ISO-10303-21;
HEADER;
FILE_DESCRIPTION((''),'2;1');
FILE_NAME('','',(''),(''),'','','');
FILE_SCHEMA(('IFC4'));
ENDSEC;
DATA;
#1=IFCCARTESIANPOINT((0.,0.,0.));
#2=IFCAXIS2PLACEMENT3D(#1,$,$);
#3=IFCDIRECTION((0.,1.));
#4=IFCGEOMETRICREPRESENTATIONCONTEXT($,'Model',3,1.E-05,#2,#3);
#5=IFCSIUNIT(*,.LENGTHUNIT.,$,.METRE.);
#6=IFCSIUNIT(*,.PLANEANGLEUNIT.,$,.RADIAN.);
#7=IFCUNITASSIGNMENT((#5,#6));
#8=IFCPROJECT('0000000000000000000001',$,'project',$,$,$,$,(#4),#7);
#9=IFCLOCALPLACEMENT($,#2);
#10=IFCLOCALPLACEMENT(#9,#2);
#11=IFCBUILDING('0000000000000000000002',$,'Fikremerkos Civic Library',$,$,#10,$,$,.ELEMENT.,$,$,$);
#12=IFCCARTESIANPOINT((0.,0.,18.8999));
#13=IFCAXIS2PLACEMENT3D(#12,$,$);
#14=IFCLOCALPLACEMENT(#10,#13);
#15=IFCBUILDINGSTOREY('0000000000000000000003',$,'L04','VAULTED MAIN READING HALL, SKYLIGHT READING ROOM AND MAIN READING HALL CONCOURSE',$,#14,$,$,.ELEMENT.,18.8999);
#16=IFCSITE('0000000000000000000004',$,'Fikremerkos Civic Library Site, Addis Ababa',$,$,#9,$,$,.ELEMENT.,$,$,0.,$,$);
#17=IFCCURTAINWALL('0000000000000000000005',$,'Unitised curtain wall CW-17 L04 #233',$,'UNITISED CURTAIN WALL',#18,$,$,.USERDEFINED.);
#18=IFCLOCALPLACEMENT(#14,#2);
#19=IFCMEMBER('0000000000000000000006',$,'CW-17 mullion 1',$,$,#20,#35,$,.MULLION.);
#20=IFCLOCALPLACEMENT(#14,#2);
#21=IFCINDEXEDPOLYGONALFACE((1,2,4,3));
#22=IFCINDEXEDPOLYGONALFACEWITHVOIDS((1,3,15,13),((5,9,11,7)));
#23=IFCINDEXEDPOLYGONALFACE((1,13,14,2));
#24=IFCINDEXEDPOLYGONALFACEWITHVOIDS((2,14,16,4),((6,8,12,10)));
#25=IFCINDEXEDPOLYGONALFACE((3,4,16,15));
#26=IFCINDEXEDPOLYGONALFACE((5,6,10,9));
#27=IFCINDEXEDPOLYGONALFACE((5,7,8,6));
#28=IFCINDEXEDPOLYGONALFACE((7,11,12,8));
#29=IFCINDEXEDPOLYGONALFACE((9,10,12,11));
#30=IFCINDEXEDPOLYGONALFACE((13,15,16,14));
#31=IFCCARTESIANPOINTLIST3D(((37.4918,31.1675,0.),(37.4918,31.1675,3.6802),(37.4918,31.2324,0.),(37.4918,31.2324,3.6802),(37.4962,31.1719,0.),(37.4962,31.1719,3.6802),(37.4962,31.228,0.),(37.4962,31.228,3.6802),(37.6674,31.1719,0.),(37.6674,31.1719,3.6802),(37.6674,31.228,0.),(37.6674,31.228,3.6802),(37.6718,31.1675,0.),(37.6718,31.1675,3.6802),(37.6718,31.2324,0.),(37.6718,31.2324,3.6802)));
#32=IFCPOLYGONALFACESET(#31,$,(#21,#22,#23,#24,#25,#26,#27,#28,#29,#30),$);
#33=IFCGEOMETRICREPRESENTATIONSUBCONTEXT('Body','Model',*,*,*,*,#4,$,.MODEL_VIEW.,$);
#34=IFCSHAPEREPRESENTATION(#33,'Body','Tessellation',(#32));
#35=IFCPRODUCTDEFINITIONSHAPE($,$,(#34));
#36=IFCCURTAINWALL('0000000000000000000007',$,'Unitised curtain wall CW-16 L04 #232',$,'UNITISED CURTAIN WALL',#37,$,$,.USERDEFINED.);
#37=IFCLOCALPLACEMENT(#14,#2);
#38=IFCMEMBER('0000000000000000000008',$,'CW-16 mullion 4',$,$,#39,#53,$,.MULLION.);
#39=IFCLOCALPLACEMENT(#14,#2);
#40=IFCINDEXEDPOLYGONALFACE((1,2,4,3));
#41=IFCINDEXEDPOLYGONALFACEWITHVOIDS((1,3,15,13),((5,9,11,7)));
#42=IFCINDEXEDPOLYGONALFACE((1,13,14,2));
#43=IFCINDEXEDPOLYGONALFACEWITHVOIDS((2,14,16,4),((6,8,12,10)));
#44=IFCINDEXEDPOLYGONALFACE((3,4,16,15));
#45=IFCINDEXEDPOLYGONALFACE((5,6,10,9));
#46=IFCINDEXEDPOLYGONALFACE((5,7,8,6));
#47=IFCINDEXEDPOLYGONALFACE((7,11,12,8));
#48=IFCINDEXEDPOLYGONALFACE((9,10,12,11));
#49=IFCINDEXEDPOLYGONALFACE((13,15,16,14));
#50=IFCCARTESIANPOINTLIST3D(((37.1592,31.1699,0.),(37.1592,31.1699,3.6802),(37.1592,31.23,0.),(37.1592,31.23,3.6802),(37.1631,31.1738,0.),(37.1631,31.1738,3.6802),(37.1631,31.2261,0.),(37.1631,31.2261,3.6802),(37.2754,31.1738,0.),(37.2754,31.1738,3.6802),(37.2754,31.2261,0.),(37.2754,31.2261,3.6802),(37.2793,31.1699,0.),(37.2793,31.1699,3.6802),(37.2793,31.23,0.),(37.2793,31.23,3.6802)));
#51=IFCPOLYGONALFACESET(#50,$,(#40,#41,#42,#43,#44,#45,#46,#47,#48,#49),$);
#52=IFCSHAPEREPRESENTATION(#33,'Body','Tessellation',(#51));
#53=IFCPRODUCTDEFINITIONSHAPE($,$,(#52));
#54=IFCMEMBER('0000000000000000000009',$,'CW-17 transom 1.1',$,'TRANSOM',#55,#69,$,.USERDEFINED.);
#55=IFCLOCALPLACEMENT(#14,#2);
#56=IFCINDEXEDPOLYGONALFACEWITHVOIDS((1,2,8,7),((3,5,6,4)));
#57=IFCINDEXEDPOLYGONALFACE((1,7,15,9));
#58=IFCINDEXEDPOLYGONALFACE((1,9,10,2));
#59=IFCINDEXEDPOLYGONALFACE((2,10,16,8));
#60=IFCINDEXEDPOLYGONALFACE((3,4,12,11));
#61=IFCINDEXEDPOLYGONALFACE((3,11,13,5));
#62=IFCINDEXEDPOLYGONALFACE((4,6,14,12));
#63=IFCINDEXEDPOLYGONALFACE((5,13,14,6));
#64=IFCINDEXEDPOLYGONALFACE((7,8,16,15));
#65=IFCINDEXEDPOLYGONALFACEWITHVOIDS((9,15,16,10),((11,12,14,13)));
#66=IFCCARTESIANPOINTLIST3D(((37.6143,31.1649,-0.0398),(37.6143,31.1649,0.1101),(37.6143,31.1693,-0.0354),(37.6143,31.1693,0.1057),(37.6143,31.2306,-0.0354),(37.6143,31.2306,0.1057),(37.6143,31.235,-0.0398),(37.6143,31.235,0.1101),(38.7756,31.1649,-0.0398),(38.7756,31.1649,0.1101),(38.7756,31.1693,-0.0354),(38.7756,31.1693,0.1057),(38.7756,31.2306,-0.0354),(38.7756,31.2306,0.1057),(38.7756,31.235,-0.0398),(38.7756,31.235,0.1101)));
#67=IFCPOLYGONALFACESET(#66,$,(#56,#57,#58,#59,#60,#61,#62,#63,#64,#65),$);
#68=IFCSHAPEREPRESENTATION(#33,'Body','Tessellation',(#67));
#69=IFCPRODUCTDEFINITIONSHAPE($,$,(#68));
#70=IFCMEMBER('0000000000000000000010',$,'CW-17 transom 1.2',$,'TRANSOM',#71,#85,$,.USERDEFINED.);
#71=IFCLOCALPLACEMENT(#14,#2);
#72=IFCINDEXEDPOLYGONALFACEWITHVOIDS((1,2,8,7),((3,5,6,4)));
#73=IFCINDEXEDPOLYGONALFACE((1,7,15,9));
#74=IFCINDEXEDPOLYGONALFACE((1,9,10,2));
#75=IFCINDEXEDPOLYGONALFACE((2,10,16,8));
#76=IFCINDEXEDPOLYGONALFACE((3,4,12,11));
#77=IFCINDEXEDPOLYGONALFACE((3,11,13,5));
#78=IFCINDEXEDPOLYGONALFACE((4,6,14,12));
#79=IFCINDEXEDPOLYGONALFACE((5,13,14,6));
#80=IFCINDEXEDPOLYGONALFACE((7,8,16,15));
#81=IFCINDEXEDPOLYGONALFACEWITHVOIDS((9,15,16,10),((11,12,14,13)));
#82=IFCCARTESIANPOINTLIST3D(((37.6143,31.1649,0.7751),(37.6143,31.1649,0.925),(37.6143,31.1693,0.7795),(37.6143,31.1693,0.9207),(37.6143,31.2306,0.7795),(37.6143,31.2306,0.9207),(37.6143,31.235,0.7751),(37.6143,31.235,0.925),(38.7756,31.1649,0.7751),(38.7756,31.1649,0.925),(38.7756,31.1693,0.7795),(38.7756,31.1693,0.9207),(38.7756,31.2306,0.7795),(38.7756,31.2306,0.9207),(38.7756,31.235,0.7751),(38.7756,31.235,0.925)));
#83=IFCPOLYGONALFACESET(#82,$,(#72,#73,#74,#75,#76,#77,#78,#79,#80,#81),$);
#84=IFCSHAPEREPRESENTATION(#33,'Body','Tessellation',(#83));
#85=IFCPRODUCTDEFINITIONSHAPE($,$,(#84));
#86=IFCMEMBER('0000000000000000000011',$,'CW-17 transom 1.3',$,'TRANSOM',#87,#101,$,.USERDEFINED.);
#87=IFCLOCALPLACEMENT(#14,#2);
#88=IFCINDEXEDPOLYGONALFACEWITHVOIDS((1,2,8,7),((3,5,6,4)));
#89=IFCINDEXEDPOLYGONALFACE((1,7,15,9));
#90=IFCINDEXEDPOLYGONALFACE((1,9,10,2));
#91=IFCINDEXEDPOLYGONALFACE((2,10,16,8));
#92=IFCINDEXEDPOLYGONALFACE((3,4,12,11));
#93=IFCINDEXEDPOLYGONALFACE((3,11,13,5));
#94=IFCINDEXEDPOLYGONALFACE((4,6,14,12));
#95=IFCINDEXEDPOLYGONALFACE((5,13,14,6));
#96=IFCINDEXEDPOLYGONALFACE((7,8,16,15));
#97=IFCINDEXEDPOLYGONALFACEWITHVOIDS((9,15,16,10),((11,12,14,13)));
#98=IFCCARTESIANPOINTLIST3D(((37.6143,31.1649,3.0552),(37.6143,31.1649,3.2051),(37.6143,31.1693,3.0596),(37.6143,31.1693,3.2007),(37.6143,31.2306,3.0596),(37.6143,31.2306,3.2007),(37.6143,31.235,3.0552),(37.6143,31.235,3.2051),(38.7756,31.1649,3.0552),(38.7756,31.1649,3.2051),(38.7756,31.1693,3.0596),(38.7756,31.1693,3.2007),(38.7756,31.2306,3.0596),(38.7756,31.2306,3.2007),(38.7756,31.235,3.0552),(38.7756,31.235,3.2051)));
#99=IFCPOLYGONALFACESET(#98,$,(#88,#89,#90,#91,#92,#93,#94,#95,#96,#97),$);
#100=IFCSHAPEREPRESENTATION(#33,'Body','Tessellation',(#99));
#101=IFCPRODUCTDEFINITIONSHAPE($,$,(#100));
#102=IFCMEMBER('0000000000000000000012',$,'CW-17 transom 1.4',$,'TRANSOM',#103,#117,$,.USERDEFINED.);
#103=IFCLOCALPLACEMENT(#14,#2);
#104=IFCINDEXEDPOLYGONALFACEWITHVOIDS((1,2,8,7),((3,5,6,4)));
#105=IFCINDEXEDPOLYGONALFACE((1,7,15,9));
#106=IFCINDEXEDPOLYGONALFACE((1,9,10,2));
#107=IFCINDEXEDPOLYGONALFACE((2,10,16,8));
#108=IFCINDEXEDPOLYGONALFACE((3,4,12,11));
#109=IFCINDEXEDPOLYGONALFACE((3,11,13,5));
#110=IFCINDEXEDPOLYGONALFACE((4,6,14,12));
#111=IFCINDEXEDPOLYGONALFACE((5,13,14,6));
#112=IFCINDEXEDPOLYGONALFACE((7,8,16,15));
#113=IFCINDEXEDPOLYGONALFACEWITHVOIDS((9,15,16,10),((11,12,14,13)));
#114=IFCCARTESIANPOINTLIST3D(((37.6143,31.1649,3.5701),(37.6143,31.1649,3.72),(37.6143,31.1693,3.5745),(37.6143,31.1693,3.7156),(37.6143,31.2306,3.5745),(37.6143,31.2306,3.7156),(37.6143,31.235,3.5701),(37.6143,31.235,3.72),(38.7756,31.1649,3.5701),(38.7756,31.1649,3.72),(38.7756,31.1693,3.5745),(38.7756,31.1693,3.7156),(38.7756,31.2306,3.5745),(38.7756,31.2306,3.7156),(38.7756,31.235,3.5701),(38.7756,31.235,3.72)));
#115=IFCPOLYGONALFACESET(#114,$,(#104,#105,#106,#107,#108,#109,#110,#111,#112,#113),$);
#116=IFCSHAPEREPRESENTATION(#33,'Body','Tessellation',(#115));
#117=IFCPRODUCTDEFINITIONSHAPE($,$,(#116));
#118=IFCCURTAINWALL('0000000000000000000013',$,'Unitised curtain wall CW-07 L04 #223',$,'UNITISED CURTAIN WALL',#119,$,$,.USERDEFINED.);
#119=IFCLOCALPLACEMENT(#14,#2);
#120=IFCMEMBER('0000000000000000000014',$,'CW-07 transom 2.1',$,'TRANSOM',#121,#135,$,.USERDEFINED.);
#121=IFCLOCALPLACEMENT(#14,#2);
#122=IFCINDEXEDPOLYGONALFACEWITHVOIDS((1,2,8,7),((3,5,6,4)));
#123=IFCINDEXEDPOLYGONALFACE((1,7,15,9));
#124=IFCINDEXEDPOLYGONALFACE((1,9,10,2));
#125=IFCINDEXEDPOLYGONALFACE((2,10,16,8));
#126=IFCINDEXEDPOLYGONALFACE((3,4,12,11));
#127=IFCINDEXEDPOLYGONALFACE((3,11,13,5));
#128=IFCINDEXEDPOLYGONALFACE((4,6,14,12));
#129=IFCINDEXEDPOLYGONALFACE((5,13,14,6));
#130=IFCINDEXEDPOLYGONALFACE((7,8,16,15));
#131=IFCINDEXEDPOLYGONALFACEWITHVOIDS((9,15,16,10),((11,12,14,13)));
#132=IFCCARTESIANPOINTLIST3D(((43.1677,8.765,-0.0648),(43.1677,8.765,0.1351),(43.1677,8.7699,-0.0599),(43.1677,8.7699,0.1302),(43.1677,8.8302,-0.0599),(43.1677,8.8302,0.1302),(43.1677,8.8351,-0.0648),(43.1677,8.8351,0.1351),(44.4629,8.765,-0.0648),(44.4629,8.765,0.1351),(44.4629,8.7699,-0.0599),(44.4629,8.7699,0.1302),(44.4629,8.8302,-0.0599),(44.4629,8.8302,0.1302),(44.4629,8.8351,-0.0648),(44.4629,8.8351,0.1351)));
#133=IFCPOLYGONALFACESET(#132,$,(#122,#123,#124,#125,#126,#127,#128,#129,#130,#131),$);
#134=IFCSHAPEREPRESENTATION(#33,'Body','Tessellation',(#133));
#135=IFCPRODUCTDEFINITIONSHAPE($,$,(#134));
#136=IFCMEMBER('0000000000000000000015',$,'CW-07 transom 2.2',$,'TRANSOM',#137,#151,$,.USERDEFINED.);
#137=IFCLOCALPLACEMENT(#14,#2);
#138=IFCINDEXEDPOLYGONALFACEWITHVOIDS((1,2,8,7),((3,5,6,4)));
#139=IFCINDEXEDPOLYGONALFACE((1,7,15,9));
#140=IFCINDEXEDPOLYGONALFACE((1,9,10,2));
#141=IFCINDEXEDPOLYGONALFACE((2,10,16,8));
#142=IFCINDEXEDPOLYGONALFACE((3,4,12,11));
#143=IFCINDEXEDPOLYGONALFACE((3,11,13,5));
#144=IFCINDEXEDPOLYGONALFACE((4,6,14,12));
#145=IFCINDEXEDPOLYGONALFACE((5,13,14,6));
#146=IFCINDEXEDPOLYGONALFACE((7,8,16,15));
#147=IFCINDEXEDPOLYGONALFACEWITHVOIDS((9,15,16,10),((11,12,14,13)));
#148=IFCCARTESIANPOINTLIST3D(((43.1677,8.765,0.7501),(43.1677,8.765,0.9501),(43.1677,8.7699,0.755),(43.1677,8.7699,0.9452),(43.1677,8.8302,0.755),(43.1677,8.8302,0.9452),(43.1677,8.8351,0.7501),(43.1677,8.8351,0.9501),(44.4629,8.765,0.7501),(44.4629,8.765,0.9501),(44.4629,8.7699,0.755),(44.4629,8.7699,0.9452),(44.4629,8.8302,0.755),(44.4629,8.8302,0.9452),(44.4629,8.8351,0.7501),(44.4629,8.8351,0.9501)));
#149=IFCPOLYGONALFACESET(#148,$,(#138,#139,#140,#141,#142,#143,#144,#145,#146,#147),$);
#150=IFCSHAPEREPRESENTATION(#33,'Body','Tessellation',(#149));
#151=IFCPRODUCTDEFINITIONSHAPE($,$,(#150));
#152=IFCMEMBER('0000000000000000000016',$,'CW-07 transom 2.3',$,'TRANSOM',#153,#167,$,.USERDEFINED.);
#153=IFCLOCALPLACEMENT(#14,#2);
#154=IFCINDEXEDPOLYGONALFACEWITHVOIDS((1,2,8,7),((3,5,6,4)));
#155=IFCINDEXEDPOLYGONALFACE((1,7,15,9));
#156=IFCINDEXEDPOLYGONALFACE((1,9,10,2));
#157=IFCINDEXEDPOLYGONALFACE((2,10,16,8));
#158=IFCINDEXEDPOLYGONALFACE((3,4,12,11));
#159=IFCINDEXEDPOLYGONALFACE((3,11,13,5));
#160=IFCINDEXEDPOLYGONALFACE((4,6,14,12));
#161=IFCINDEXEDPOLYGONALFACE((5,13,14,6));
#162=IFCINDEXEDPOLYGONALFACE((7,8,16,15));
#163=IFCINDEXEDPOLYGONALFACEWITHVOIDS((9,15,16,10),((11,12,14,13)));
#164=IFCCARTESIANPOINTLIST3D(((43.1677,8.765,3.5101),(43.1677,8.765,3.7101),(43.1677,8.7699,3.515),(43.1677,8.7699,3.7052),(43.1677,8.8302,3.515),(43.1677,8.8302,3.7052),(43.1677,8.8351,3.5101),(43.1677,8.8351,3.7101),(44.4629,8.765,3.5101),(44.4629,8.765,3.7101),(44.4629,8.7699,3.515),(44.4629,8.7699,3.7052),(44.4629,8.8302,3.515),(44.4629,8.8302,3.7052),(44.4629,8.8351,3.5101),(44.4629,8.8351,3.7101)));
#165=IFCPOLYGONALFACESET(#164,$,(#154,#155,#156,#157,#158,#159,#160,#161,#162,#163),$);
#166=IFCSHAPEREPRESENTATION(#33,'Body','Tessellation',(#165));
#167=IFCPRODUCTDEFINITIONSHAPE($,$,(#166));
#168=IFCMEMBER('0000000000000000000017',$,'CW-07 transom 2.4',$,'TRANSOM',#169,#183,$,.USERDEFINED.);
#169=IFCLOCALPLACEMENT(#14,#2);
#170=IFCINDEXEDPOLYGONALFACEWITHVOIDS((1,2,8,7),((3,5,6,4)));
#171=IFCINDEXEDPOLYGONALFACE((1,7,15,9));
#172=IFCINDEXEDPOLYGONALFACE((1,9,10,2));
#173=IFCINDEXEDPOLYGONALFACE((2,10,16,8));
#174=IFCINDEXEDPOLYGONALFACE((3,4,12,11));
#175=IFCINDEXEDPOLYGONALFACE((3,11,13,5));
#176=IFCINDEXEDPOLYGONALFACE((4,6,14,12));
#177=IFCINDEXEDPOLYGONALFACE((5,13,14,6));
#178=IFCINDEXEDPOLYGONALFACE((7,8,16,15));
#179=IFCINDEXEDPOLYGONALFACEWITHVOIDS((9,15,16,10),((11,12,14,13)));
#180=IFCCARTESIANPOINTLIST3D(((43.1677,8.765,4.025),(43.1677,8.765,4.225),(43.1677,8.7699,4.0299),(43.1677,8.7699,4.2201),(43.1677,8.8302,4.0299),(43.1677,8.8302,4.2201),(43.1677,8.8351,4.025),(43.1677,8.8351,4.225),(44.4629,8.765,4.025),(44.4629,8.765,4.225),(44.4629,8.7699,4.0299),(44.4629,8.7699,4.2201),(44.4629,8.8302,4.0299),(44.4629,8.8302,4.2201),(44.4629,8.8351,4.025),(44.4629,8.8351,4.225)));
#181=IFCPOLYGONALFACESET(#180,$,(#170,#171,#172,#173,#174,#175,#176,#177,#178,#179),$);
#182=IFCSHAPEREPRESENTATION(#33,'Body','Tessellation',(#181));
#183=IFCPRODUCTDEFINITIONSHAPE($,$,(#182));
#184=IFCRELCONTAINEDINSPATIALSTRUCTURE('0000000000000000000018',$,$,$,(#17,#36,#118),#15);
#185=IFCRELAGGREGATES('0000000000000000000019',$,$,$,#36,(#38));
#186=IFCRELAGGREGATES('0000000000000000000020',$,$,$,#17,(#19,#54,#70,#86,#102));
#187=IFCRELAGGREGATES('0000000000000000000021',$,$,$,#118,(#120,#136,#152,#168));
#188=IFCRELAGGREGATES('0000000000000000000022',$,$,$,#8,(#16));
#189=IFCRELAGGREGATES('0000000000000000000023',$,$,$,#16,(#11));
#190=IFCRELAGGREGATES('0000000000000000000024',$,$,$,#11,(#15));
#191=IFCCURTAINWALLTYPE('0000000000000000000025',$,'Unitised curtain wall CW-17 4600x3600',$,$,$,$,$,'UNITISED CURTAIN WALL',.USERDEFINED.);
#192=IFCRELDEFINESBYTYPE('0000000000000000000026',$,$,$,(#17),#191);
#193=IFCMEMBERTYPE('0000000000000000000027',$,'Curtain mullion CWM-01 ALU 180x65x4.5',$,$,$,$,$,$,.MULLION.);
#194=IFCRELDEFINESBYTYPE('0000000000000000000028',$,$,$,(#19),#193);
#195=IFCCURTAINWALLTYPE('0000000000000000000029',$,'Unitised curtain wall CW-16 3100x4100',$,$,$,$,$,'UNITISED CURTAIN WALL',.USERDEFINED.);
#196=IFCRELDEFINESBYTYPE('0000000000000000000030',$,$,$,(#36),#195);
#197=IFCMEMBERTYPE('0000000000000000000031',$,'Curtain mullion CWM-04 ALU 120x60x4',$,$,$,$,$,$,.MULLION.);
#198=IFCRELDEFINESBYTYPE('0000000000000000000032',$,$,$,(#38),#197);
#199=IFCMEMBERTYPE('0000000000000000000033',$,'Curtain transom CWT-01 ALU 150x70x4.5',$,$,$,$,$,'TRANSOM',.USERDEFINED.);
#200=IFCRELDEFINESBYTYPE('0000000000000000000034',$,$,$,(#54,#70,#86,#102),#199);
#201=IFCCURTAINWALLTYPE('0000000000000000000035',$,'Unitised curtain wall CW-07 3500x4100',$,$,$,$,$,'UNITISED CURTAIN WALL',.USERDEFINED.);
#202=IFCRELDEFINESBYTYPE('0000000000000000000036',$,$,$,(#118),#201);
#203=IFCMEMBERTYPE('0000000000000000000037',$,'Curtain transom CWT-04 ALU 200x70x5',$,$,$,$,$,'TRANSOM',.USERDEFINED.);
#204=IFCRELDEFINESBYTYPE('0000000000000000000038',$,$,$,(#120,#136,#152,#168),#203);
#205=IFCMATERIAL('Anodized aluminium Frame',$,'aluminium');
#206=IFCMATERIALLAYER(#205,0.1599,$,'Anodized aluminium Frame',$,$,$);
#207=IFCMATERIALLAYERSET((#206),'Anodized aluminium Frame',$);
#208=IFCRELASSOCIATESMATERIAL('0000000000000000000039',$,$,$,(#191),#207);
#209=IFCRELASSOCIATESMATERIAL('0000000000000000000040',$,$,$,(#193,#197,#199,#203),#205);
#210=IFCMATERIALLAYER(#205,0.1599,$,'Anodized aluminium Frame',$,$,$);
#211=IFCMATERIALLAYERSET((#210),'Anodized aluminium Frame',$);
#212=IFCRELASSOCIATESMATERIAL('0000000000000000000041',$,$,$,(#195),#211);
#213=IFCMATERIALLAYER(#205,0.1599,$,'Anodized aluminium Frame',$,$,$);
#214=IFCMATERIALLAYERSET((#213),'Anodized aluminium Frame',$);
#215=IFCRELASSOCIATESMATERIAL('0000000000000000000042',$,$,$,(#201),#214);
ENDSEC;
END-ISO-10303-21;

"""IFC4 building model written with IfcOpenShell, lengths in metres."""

from ifc_helpers import new_model, si_unit, direction, frame, origin, origin_2d, place, context, subcontext, project, spatial, hollow_rectangle, extrude, material, layer, layer_set, material_profile, profile_set, type_object, element, aggregate, save


model = new_model("IFC4")

# Units and contexts
model_context = context("Model", 3, precision=1e-05, world=origin(), true_north=direction((0.0, 1.0)))
body_context = subcontext(model_context, "Body", "Model", "MODEL_VIEW")
ifc_project = project(units=[si_unit("LENGTHUNIT", "METRE"), si_unit("PLANEANGLEUNIT", "RADIAN")], contexts=[model_context])

# Site, building, storey
site_placement = place(None, origin())
site = spatial("IfcSite", under=ifc_project, at=site_placement, Name="Fikremerkos Civic Library Site, Addis Ababa", CompositionType="ELEMENT", RefElevation=0.0)
building_placement = place(site_placement, origin())
building = spatial("IfcBuilding", under=site, at=building_placement, Name="Fikremerkos Civic Library", CompositionType="ELEMENT")
storey_placement = place(building_placement, frame((0.0, 0.0, 18.8999)))
storey = spatial("IfcBuildingStorey", under=building, at=storey_placement, Name="L04", Description="VAULTED MAIN READING HALL, SKYLIGHT READING ROOM AND MAIN READING HALL CONCOURSE", CompositionType="ELEMENT", Elevation=18.8999)

# Curtain walls, members
ifc_material_1 = material(Name="Anodized aluminium Frame", Category="aluminium")
ifc_layer_1 = layer(ifc_material_1, 0.1599, Name="Anodized aluminium Frame")
ifc_layer_set_1 = layer_set([ifc_layer_1], Name="Anodized aluminium Frame")
curtain_wall_type_1 = type_object("IfcCurtainWallType", Name="Unitised curtain wall CW-17 4600x3600", ElementType="UNITISED CURTAIN WALL", PredefinedType="USERDEFINED", material=ifc_layer_set_1)
curtain_wall_1_placement = place(storey_placement, origin())
curtain_wall_1 = element("IfcCurtainWall", 1, at=curtain_wall_1_placement, inside=storey, type_object=curtain_wall_type_1, Name="Unitised curtain wall CW-17 L04 #233", ObjectType="UNITISED CURTAIN WALL", PredefinedType="USERDEFINED")
ifc_material_profile_1 = material_profile(ifc_material_1, hollow_rectangle(XDim=0.0649, YDim=0.1799, WallThickness=0.0044, at=origin_2d()), Name="ALU 180x65x4.5")
ifc_profile_set_1 = profile_set([ifc_material_profile_1], Name="Anodized aluminium Frame")
member_type_1 = type_object("IfcMemberType", Name="Curtain mullion CWM-01 ALU 180x65x4.5", PredefinedType="MULLION", material=ifc_profile_set_1)
member_1_placement = place(storey_placement, frame((37.5818, 31.2, 0.0), z_axis=(0.0, 0.0, 1.0), x_axis=(0.0, 1.0, 0.0)))
member_1 = element("IfcMember", 2, at=member_1_placement, type_object=member_type_1, Name="CW-17 mullion 1", PredefinedType="MULLION", context=body_context, shape_type="SweptSolid", body=[
    extrude(hollow_rectangle(XDim=0.0649, YDim=0.1799, WallThickness=0.0044, at=origin_2d()), origin(), (0.0, 0.0, 1.0), 3.6802),
])
ifc_layer_2 = layer(ifc_material_1, 0.1599, Name="Anodized aluminium Frame")
ifc_layer_set_2 = layer_set([ifc_layer_2], Name="Anodized aluminium Frame")
curtain_wall_type_2 = type_object("IfcCurtainWallType", Name="Unitised curtain wall CW-16 3100x4100", ElementType="UNITISED CURTAIN WALL", PredefinedType="USERDEFINED", material=ifc_layer_set_2)
curtain_wall_2_placement = place(storey_placement, origin())
curtain_wall_2 = element("IfcCurtainWall", 3, at=curtain_wall_2_placement, inside=storey, type_object=curtain_wall_type_2, Name="Unitised curtain wall CW-16 L04 #232", ObjectType="UNITISED CURTAIN WALL", PredefinedType="USERDEFINED")
ifc_material_profile_2 = material_profile(ifc_material_1, hollow_rectangle(XDim=0.0601, YDim=0.1201, WallThickness=0.0039, at=origin_2d()), Name="ALU 120x60x4")
ifc_profile_set_2 = profile_set([ifc_material_profile_2], Name="Anodized aluminium Frame")
member_type_2 = type_object("IfcMemberType", Name="Curtain mullion CWM-04 ALU 120x60x4", PredefinedType="MULLION", material=ifc_profile_set_2)
member_2_placement = place(storey_placement, frame((37.2192, 31.2, 0.0), z_axis=(0.0, 0.0, 1.0), x_axis=(0.0, 1.0, 0.0)))
member_2 = element("IfcMember", 4, at=member_2_placement, type_object=member_type_2, Name="CW-16 mullion 4", PredefinedType="MULLION", context=body_context, shape_type="SweptSolid", body=[
    extrude(hollow_rectangle(XDim=0.0601, YDim=0.1201, WallThickness=0.0039, at=origin_2d()), origin(), (0.0, 0.0, 1.0), 3.6802),
])
aggregate(curtain_wall_2, [member_2])

# Members
ifc_material_profile_3 = material_profile(ifc_material_1, hollow_rectangle(XDim=0.0701, YDim=0.1499, WallThickness=0.0044, at=origin_2d()), Name="ALU 150x70x4.5")
ifc_profile_set_3 = profile_set([ifc_material_profile_3], Name="Anodized aluminium Frame")
member_type_3 = type_object("IfcMemberType", Name="Curtain transom CWT-01 ALU 150x70x4.5", ElementType="TRANSOM", PredefinedType="USERDEFINED", material=ifc_profile_set_3)
member_3_placement = place(storey_placement, frame((37.6143, 31.2, 0.0352), z_axis=(1.0, 0.0, 0.0), x_axis=(0.0, 1.0, 0.0)))
member_3 = element("IfcMember", 5, at=member_3_placement, type_object=member_type_3, Name="CW-17 transom 1.1", ObjectType="TRANSOM", PredefinedType="USERDEFINED", context=body_context, shape_type="SweptSolid", body=[
    extrude(hollow_rectangle(XDim=0.0701, YDim=0.1499, WallThickness=0.0044, at=origin_2d()), origin(), (0.0, 0.0, 1.0), 1.1614),
])
member_4_placement = place(storey_placement, frame((37.6143, 31.2, 0.8501), z_axis=(1.0, 0.0, 0.0), x_axis=(0.0, 1.0, 0.0)))
member_4 = element("IfcMember", 6, at=member_4_placement, type_object=member_type_3, Name="CW-17 transom 1.2", ObjectType="TRANSOM", PredefinedType="USERDEFINED", context=body_context, shape_type="SweptSolid", body=[
    extrude(hollow_rectangle(XDim=0.0701, YDim=0.1499, WallThickness=0.0044, at=origin_2d()), origin(), (0.0, 0.0, 1.0), 1.1614),
])
member_5_placement = place(storey_placement, frame((37.6143, 31.2, 3.1301), z_axis=(1.0, 0.0, 0.0), x_axis=(0.0, 1.0, 0.0)))
member_5 = element("IfcMember", 7, at=member_5_placement, type_object=member_type_3, Name="CW-17 transom 1.3", ObjectType="TRANSOM", PredefinedType="USERDEFINED", context=body_context, shape_type="SweptSolid", body=[
    extrude(hollow_rectangle(XDim=0.0701, YDim=0.1499, WallThickness=0.0044, at=origin_2d()), origin(), (0.0, 0.0, 1.0), 1.1614),
])
member_6_placement = place(storey_placement, frame((37.6143, 31.2, 3.645), z_axis=(1.0, 0.0, 0.0), x_axis=(0.0, 1.0, 0.0)))
member_6 = element("IfcMember", 8, at=member_6_placement, type_object=member_type_3, Name="CW-17 transom 1.4", ObjectType="TRANSOM", PredefinedType="USERDEFINED", context=body_context, shape_type="SweptSolid", body=[
    extrude(hollow_rectangle(XDim=0.0701, YDim=0.1499, WallThickness=0.0044, at=origin_2d()), origin(), (0.0, 0.0, 1.0), 1.1614),
])
aggregate(curtain_wall_1, [member_1, member_3, member_4, member_5, member_6])

# Curtain wall, members
ifc_layer_3 = layer(ifc_material_1, 0.1599, Name="Anodized aluminium Frame")
ifc_layer_set_3 = layer_set([ifc_layer_3], Name="Anodized aluminium Frame")
curtain_wall_type_3 = type_object("IfcCurtainWallType", Name="Unitised curtain wall CW-07 3500x4100", ElementType="UNITISED CURTAIN WALL", PredefinedType="USERDEFINED", material=ifc_layer_set_3)
curtain_wall_3_placement = place(storey_placement, origin())
curtain_wall_3 = element("IfcCurtainWall", 9, at=curtain_wall_3_placement, inside=storey, type_object=curtain_wall_type_3, Name="Unitised curtain wall CW-07 L04 #223", ObjectType="UNITISED CURTAIN WALL", PredefinedType="USERDEFINED")
ifc_material_profile_4 = material_profile(ifc_material_1, hollow_rectangle(XDim=0.0701, YDim=0.2, WallThickness=0.0049, at=origin_2d()), Name="ALU 200x70x5")
ifc_profile_set_4 = profile_set([ifc_material_profile_4], Name="Anodized aluminium Frame")
member_type_4 = type_object("IfcMemberType", Name="Curtain transom CWT-04 ALU 200x70x5", ElementType="TRANSOM", PredefinedType="USERDEFINED", material=ifc_profile_set_4)
member_7_placement = place(storey_placement, frame((44.4629, 8.8, 0.0352), z_axis=(-1.0, 0.0, 0.0), x_axis=(0.0, -1.0, 0.0)))
member_7 = element("IfcMember", 10, at=member_7_placement, type_object=member_type_4, Name="CW-07 transom 2.1", ObjectType="TRANSOM", PredefinedType="USERDEFINED", context=body_context, shape_type="SweptSolid", body=[
    extrude(hollow_rectangle(XDim=0.0701, YDim=0.2, WallThickness=0.0049, at=origin_2d()), origin(), (0.0, 0.0, 1.0), 1.2952),
])
member_8_placement = place(storey_placement, frame((44.4629, 8.8, 0.8501), z_axis=(-1.0, 0.0, 0.0), x_axis=(0.0, -1.0, 0.0)))
member_8 = element("IfcMember", 11, at=member_8_placement, type_object=member_type_4, Name="CW-07 transom 2.2", ObjectType="TRANSOM", PredefinedType="USERDEFINED", context=body_context, shape_type="SweptSolid", body=[
    extrude(hollow_rectangle(XDim=0.0701, YDim=0.2, WallThickness=0.0049, at=origin_2d()), origin(), (0.0, 0.0, 1.0), 1.2952),
])
member_9_placement = place(storey_placement, frame((44.4629, 8.8, 3.6101), z_axis=(-1.0, 0.0, 0.0), x_axis=(0.0, -1.0, 0.0)))
member_9 = element("IfcMember", 12, at=member_9_placement, type_object=member_type_4, Name="CW-07 transom 2.3", ObjectType="TRANSOM", PredefinedType="USERDEFINED", context=body_context, shape_type="SweptSolid", body=[
    extrude(hollow_rectangle(XDim=0.0701, YDim=0.2, WallThickness=0.0049, at=origin_2d()), origin(), (0.0, 0.0, 1.0), 1.2952),
])
member_10_placement = place(storey_placement, frame((44.4629, 8.8, 4.125), z_axis=(-1.0, 0.0, 0.0), x_axis=(0.0, -1.0, 0.0)))
member_10 = element("IfcMember", 13, at=member_10_placement, type_object=member_type_4, Name="CW-07 transom 2.4", ObjectType="TRANSOM", PredefinedType="USERDEFINED", context=body_context, shape_type="SweptSolid", body=[
    extrude(hollow_rectangle(XDim=0.0701, YDim=0.2, WallThickness=0.0049, at=origin_2d()), origin(), (0.0, 0.0, 1.0), 1.2952),
])

aggregate(curtain_wall_3, [member_7, member_8, member_9, member_10])

save(model, "model.ifc")
